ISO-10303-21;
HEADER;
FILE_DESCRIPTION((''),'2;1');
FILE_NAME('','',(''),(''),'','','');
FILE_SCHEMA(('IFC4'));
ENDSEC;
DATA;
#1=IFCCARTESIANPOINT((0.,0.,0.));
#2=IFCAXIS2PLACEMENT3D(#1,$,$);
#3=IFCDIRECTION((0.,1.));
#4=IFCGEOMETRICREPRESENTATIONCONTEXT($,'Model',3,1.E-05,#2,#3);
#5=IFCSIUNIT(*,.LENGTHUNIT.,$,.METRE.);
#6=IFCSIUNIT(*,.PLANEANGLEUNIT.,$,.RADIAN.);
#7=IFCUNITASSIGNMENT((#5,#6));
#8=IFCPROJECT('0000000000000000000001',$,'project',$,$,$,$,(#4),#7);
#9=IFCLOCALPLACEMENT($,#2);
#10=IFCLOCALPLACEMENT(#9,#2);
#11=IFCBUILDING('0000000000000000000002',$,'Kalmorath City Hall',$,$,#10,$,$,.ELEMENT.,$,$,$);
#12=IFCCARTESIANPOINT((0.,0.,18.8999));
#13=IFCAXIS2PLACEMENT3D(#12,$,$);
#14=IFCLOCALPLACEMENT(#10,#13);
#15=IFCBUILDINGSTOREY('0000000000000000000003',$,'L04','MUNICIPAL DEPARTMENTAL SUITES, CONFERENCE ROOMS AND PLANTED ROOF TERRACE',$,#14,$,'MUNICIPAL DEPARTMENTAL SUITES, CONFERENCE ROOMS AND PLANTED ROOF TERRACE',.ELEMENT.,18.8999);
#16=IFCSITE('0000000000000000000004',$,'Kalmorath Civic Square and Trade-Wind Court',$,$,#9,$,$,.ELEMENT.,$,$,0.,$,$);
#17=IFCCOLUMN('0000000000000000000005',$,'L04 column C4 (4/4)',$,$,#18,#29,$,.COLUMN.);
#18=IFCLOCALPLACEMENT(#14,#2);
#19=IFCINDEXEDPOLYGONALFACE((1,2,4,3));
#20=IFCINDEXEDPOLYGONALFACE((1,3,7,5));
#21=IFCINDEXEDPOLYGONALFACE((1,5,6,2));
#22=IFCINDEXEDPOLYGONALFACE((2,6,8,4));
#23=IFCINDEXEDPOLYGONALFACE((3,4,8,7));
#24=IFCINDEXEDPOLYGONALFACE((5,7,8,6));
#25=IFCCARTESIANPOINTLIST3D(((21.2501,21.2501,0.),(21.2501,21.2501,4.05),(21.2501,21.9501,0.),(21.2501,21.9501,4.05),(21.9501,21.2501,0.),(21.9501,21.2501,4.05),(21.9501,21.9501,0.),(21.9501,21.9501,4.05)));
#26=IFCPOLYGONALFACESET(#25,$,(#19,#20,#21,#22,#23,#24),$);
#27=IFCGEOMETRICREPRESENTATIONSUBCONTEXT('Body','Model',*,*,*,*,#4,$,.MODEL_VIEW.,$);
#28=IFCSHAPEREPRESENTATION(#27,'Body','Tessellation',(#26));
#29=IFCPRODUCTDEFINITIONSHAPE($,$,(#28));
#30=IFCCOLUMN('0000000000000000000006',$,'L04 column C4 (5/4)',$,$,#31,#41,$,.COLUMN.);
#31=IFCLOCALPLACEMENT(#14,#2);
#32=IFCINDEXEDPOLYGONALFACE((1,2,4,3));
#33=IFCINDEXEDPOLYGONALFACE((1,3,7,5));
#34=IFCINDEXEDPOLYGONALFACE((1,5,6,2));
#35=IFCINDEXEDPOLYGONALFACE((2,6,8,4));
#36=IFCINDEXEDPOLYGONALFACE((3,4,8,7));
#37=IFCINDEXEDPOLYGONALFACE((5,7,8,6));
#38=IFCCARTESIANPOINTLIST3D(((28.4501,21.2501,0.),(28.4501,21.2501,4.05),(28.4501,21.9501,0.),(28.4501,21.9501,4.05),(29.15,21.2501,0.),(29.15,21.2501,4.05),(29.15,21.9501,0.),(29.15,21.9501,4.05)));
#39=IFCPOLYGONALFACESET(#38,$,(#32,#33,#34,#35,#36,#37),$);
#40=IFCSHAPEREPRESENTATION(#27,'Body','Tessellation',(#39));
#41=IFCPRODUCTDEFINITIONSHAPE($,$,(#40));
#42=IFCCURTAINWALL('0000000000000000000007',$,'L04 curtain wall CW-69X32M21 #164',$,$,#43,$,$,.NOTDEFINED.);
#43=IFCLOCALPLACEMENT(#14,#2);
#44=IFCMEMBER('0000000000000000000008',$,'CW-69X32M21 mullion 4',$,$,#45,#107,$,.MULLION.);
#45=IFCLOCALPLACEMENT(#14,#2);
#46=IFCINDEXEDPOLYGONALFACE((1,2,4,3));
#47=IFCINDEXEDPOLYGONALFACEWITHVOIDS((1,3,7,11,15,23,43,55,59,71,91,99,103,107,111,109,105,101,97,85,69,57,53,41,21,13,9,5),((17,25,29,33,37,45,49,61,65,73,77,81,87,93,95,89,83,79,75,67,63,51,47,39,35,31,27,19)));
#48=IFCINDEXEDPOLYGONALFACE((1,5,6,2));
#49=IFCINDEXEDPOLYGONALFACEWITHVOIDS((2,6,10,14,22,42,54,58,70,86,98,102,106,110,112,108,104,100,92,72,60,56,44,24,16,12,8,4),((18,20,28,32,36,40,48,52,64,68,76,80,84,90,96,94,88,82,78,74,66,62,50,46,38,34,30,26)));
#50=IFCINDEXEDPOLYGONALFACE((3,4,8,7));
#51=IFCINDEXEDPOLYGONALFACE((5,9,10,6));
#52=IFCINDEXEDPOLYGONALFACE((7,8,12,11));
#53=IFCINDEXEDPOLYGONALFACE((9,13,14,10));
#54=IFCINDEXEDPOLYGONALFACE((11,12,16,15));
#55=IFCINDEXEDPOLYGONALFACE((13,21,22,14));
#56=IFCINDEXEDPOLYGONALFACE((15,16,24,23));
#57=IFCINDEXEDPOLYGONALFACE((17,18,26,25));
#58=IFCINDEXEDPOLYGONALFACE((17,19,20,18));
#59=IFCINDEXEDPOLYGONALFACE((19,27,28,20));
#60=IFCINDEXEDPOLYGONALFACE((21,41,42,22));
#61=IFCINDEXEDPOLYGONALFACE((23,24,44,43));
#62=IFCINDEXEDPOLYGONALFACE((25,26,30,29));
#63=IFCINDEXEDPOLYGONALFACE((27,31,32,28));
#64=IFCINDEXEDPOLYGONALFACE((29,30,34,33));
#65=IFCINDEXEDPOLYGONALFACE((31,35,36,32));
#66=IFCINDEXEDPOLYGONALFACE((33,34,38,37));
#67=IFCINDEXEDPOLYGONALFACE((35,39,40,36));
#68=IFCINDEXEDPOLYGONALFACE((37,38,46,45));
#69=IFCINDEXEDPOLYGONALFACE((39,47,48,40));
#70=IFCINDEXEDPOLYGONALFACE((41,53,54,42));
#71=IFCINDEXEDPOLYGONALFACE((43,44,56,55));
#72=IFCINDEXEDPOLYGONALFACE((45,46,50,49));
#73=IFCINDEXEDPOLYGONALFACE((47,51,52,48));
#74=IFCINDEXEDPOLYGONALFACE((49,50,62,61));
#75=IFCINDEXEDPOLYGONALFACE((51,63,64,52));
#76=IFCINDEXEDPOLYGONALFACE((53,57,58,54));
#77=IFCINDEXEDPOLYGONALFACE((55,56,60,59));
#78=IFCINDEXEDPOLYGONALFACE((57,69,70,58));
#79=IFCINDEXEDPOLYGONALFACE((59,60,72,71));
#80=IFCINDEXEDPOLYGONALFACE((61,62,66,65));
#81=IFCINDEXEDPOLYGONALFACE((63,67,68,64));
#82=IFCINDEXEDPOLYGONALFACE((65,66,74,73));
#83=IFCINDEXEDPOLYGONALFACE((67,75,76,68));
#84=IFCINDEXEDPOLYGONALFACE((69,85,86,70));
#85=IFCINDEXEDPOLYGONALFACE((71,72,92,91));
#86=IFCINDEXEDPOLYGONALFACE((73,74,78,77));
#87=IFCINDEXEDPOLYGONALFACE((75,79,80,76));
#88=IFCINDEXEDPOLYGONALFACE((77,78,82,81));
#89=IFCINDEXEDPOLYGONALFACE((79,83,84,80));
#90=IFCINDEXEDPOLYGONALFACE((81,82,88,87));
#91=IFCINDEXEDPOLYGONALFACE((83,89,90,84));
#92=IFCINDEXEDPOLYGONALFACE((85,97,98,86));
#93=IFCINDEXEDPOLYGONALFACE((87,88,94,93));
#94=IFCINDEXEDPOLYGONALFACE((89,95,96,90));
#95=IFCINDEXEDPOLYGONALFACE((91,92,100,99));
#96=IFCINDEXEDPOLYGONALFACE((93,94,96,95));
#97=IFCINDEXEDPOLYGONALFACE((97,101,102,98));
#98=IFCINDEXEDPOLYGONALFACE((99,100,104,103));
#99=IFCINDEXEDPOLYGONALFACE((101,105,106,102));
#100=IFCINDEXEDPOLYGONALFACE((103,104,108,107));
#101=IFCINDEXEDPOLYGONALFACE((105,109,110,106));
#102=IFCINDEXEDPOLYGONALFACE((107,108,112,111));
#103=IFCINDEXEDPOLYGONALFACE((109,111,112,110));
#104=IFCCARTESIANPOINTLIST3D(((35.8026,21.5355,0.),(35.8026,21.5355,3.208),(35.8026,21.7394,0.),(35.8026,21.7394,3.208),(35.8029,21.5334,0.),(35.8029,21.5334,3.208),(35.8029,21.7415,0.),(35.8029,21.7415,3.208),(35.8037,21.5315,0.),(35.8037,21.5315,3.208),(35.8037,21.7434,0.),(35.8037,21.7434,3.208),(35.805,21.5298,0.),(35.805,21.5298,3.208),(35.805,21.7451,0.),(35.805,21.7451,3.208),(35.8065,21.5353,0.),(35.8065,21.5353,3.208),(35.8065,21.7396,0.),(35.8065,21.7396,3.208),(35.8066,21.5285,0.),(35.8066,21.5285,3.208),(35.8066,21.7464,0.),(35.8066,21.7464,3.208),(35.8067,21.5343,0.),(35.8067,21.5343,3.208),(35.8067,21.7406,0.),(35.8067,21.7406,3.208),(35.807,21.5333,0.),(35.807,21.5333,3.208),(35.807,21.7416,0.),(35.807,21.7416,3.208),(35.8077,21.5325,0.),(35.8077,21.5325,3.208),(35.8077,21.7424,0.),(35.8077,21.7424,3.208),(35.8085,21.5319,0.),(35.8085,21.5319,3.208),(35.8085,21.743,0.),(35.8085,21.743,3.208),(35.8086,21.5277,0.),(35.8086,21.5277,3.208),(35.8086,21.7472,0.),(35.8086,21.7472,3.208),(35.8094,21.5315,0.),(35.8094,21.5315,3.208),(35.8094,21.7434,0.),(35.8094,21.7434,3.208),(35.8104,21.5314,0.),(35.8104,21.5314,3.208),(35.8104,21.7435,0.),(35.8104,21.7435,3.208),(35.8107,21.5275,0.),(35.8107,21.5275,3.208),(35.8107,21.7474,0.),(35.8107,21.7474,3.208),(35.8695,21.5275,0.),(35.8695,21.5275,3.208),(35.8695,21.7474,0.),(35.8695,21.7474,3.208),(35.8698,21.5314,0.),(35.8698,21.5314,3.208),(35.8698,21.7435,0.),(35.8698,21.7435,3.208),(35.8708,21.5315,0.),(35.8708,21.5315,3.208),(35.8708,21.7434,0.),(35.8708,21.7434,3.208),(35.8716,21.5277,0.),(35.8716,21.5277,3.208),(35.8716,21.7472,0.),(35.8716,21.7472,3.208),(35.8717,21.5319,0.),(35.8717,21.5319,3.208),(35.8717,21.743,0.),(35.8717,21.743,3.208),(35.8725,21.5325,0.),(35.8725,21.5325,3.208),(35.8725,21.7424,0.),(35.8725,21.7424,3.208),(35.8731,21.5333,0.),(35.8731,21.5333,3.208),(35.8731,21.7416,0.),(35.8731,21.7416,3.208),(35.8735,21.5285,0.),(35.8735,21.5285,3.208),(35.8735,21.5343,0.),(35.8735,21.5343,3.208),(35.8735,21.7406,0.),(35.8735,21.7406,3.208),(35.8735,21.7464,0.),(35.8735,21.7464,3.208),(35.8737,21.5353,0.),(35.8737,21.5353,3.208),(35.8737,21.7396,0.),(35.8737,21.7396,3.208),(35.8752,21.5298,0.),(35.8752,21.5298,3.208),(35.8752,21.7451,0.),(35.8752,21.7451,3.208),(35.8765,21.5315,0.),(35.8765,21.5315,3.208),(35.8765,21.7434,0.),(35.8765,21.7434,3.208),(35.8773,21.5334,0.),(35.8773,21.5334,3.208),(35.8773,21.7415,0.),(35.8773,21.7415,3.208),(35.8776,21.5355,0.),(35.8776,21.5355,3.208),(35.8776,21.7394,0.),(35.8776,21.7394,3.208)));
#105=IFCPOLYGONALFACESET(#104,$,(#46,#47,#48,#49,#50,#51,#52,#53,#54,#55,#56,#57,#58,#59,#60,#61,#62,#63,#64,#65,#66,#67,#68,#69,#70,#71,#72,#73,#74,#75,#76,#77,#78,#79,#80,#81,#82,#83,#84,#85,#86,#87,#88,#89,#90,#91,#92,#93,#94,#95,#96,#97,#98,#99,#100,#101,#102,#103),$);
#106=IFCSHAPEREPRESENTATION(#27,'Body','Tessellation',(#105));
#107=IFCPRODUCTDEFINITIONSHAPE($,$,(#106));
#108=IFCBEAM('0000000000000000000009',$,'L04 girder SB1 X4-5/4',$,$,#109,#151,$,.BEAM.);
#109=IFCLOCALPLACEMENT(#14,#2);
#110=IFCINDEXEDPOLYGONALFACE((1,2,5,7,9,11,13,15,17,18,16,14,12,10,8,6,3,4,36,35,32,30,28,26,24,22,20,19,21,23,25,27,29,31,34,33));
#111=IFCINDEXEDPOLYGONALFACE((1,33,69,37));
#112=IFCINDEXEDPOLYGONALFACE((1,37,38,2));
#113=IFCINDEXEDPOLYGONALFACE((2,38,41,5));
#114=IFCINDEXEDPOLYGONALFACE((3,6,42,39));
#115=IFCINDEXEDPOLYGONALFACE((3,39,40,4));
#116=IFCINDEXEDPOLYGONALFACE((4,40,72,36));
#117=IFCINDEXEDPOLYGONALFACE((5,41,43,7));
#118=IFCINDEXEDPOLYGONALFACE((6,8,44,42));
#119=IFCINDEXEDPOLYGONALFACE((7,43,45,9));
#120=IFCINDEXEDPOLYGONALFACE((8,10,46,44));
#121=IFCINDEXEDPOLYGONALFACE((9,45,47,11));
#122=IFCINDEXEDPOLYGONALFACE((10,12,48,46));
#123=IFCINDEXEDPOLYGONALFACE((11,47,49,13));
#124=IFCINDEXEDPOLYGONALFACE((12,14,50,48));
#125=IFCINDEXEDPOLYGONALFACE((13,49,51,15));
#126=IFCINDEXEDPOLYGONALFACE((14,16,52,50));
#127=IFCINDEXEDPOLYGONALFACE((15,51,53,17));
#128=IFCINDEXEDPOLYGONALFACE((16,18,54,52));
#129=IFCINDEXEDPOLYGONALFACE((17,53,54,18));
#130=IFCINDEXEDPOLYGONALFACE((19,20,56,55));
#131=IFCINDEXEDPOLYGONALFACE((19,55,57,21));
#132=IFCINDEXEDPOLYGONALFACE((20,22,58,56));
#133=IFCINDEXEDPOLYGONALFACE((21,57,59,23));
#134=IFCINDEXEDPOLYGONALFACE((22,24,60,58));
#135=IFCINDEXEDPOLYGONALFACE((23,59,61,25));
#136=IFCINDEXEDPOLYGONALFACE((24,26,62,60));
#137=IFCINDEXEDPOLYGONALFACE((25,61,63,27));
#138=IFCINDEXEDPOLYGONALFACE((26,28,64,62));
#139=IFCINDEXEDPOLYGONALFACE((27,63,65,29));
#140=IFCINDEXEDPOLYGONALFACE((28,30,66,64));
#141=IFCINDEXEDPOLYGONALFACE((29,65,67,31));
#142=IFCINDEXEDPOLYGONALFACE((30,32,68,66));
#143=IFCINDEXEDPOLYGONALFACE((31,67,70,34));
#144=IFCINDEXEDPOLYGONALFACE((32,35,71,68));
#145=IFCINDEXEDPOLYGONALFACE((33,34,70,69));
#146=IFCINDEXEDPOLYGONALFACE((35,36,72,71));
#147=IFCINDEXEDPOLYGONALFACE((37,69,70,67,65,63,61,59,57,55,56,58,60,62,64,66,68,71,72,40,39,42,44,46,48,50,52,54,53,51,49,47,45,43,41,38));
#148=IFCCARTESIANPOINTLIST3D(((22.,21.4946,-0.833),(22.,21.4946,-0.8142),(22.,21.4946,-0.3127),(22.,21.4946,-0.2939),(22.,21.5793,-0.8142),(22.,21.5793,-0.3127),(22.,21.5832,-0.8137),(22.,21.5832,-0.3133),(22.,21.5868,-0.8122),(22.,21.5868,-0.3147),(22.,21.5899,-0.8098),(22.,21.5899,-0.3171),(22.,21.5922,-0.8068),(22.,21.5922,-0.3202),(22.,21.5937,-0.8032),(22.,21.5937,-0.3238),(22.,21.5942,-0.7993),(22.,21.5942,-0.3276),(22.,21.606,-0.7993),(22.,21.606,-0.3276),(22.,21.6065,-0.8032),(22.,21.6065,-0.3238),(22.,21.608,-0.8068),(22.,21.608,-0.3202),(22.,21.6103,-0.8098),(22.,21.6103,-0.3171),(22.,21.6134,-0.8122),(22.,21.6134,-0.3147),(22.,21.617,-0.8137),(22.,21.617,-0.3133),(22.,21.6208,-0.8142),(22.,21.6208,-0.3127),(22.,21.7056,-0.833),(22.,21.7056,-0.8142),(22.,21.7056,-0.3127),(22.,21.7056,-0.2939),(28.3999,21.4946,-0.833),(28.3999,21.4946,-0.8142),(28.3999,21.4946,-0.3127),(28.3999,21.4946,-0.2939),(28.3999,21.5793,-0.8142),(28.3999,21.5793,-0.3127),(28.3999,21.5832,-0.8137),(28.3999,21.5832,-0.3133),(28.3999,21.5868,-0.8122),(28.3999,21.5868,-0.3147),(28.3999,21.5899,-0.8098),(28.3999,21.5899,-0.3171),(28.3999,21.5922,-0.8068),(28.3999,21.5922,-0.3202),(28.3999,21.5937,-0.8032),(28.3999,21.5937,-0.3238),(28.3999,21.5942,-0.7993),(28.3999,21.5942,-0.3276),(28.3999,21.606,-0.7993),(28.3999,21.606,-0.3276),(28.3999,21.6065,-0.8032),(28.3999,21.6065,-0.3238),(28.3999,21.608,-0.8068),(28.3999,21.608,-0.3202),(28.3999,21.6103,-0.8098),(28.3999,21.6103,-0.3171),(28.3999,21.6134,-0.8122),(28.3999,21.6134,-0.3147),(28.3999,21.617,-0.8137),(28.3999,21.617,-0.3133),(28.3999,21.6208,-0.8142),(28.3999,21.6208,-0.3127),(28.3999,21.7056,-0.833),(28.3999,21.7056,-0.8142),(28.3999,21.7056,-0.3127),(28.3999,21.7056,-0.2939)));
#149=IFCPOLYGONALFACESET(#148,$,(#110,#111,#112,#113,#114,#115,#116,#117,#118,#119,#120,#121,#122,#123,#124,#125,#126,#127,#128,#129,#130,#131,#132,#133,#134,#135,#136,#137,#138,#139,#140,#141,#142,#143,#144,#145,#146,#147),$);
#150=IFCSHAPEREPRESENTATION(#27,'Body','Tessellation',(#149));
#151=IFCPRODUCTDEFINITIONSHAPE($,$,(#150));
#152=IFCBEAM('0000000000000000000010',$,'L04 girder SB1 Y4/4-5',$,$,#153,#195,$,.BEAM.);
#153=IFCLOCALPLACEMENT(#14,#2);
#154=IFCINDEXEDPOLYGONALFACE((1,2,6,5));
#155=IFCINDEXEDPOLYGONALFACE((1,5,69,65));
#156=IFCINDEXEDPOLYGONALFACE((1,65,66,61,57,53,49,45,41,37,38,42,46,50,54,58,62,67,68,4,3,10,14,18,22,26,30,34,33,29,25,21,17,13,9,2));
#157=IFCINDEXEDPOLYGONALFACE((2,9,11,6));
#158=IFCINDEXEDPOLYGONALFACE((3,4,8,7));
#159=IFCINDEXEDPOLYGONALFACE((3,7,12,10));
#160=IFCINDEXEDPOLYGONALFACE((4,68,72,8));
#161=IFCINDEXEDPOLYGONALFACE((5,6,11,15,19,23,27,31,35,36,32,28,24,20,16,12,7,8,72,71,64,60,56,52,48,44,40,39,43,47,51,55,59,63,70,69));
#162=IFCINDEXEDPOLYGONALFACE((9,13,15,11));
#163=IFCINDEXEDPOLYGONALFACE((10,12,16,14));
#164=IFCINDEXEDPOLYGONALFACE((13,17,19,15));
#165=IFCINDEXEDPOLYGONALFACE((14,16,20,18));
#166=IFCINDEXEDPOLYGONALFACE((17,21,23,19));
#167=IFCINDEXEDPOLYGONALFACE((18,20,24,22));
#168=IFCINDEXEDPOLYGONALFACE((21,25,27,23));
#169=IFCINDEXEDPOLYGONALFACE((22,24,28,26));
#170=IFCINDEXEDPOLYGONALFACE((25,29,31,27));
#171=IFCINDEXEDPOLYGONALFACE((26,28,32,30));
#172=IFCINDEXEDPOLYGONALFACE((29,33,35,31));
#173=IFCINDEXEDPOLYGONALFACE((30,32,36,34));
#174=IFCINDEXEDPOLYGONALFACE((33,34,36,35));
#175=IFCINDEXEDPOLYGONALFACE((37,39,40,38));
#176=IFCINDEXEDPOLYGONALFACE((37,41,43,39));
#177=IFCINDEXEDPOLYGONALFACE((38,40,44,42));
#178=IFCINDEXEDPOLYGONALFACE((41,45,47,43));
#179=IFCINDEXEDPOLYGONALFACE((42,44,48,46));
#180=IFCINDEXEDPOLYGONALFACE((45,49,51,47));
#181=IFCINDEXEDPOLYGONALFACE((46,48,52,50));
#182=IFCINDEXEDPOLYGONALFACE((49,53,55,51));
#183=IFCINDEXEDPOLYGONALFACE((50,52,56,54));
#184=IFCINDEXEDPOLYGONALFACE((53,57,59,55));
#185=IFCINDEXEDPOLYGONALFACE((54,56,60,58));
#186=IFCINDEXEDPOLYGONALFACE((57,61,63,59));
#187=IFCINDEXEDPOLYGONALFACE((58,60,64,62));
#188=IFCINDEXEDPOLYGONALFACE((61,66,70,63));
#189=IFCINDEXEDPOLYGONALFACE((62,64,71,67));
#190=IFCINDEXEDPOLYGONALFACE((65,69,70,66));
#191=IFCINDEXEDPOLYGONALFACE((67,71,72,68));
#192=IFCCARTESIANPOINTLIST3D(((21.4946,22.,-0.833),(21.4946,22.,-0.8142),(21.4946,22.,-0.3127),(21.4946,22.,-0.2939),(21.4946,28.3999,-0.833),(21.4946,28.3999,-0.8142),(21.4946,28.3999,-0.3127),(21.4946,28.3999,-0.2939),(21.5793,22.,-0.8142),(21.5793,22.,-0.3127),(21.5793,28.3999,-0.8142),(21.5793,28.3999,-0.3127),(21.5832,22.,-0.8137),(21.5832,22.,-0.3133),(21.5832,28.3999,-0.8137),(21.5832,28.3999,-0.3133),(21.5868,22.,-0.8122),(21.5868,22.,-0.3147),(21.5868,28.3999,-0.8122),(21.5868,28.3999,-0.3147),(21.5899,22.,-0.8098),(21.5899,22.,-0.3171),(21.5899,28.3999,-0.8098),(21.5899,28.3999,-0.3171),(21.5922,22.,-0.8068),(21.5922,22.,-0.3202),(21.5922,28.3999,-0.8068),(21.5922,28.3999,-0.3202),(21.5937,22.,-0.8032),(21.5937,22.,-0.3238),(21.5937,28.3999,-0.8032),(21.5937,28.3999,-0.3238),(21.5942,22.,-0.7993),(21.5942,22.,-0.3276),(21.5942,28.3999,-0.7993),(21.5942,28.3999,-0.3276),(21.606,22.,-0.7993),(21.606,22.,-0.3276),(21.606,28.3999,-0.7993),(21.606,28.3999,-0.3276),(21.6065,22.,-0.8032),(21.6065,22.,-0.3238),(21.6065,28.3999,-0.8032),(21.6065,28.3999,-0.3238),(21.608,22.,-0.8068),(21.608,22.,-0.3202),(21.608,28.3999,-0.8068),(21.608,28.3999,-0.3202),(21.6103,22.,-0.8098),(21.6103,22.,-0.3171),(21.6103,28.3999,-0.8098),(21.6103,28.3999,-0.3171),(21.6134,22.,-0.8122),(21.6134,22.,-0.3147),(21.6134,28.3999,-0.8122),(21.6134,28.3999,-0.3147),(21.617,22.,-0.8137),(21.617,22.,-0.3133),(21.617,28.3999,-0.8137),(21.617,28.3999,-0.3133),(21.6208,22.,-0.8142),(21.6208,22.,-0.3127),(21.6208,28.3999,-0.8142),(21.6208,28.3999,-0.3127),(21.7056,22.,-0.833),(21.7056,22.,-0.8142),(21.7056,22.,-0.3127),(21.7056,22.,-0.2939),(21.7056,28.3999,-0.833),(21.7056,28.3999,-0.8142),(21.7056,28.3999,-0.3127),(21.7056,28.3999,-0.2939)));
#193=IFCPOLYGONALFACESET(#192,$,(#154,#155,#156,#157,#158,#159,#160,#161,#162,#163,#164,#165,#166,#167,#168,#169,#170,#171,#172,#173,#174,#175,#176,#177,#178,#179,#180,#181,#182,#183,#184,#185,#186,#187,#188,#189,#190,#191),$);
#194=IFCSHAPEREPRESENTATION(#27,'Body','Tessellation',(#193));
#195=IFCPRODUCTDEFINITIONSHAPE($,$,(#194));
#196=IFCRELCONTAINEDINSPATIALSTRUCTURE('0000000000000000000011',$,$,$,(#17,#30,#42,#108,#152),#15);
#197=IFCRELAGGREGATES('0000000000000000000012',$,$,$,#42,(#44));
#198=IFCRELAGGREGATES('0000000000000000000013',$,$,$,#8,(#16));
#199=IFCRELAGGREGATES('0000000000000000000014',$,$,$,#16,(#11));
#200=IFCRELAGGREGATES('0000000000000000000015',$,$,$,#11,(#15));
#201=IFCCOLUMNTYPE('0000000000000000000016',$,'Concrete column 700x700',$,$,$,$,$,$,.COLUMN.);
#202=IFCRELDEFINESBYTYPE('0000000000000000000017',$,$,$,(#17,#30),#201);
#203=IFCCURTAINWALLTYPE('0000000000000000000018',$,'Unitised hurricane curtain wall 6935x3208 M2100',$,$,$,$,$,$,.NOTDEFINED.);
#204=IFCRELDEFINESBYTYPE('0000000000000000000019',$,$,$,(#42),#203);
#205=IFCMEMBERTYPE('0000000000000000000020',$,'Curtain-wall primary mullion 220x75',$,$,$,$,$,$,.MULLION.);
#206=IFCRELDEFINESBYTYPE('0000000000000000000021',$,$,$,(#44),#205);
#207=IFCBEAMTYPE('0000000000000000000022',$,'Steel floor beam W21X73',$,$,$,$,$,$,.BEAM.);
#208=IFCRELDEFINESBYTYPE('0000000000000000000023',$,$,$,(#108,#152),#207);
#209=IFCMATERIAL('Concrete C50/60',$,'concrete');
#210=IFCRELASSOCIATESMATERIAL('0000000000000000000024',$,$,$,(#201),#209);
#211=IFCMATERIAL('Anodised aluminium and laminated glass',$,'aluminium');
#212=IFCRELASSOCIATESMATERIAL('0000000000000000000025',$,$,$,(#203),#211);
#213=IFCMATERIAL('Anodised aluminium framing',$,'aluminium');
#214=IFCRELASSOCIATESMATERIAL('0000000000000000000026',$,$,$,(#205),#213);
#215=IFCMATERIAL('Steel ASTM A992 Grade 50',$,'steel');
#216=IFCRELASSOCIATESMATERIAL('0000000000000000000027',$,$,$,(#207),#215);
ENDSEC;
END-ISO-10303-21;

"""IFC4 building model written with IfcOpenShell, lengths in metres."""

from ifc_helpers import new_model, si_unit, direction, frame, origin, origin_2d, place, context, subcontext, project, spatial, rectangle, hollow_rectangle, i_section, extrude, material, material_profile, profile_set, type_object, element, aggregate, save


model = new_model("IFC4")

# Units and contexts
model_context = context("Model", 3, precision=1e-05, world=origin(), true_north=direction((0.0, 1.0)))
body_context = subcontext(model_context, "Body", "Model", "MODEL_VIEW")
ifc_project = project(units=[si_unit("LENGTHUNIT", "METRE"), si_unit("PLANEANGLEUNIT", "RADIAN")], contexts=[model_context])

# Site, building, storey
site_placement = place(None, origin())
site = spatial("IfcSite", under=ifc_project, at=site_placement, Name="Kalmorath Civic Square and Trade-Wind Court", CompositionType="ELEMENT", RefElevation=0.0)
building_placement = place(site_placement, origin())
building = spatial("IfcBuilding", under=site, at=building_placement, Name="Kalmorath City Hall", CompositionType="ELEMENT")
storey_placement = place(building_placement, frame((0.0, 0.0, 18.8999)))
storey = spatial("IfcBuildingStorey", under=building, at=storey_placement, Name="L04", Description="MUNICIPAL DEPARTMENTAL SUITES, CONFERENCE ROOMS AND PLANTED ROOF TERRACE", LongName="MUNICIPAL DEPARTMENTAL SUITES, CONFERENCE ROOMS AND PLANTED ROOF TERRACE", CompositionType="ELEMENT", Elevation=18.8999)

# Columns
ifc_material_1 = material(Name="Concrete C50/60", Category="concrete")
ifc_material_profile_1 = material_profile(ifc_material_1, rectangle(XDim=0.7, YDim=0.7, at=origin_2d()), Name="RC-COL-700X700")
ifc_profile_set_1 = profile_set([ifc_material_profile_1], Name="Concrete C50/60")
column_type = type_object("IfcColumnType", Name="Concrete column 700x700", PredefinedType="COLUMN", material=ifc_profile_set_1)
for number, where, z_axis, x_axis, name in (
    (1, (21.6001, 21.6001, 0.0), (0.0, 0.0, 1.0), (1.0, 0.0, 0.0), "L04 column C4 (4/4)"),
    (2, (28.8, 21.6001, 0.0), (0.0, 0.0, 1.0), (1.0, 0.0, 0.0), "L04 column C4 (5/4)"),
):
    element("IfcColumn", number, at=place(storey_placement, frame(where, z_axis=z_axis, x_axis=x_axis)), inside=storey, type_object=column_type, Name=name, PredefinedType="COLUMN", context=body_context, shape_type="SweptSolid", body=[
        extrude(rectangle(XDim=0.7, YDim=0.7, at=origin_2d()), origin(), (0.0, 0.0, 1.0), 4.05),
    ])

# Curtain wall, member
ifc_material_2 = material(Name="Anodised aluminium and laminated glass", Category="aluminium")
curtain_wall_type = type_object("IfcCurtainWallType", Name="Unitised hurricane curtain wall 6935x3208 M2100", PredefinedType="NOTDEFINED", material=ifc_material_2)
curtain_wall_placement = place(storey_placement, origin())
curtain_wall = element("IfcCurtainWall", 3, at=curtain_wall_placement, inside=storey, type_object=curtain_wall_type, Name="L04 curtain wall CW-69X32M21 #164", PredefinedType="NOTDEFINED")
ifc_material_3 = material(Name="Anodised aluminium framing", Category="aluminium")
ifc_material_profile_2 = material_profile(ifc_material_3, hollow_rectangle(XDim=0.075, YDim=0.22, WallThickness=0.0039, InnerFilletRadius=0.0039, OuterFilletRadius=0.0081, at=origin_2d()), Name="ALU-MUL-220X75X4")
ifc_profile_set_2 = profile_set([ifc_material_profile_2], Name="Anodised aluminium framing")
member_type = type_object("IfcMemberType", Name="Curtain-wall primary mullion 220x75", PredefinedType="MULLION", material=ifc_profile_set_2)
member_placement = place(storey_placement, frame((35.8401, 21.6375, 0.0), z_axis=(0.0, 0.0, 1.0), x_axis=(1.0, 0.0, 0.0)))
member = element("IfcMember", 4, at=member_placement, type_object=member_type, Name="CW-69X32M21 mullion 4", PredefinedType="MULLION", context=body_context, shape_type="SweptSolid", body=[
    extrude(hollow_rectangle(XDim=0.075, YDim=0.22, WallThickness=0.0039, InnerFilletRadius=0.0039, OuterFilletRadius=0.0081, at=origin_2d()), origin(), (0.0, 0.0, 1.0), 3.208),
])
aggregate(curtain_wall, [member])

# Beams
ifc_material_4 = material(Name="Steel ASTM A992 Grade 50", Category="steel")
ifc_material_profile_3 = material_profile(ifc_material_4, i_section(OverallWidth=0.2109, OverallDepth=0.5391, WebThickness=0.0117, FlangeThickness=0.0188, FilletRadius=0.0149, at=origin_2d()), Name="W21X73")
ifc_profile_set_3 = profile_set([ifc_material_profile_3], Name="Steel ASTM A992 Grade 50")
beam_type = type_object("IfcBeamType", Name="Steel floor beam W21X73", PredefinedType="BEAM", material=ifc_profile_set_3)
for number, where, z_axis, x_axis, name in (
    (5, (22.0, 21.6001, -0.5635), (1.0, 0.0, 0.0), (0.0, 1.0, 0.0), "L04 girder SB1 X4-5/4"),
    (6, (21.6001, 22.0, -0.5635), (0.0, 1.0, 0.0), (-1.0, 0.0, 0.0), "L04 girder SB1 Y4/4-5"),
):
    element("IfcBeam", number, at=place(storey_placement, frame(where, z_axis=z_axis, x_axis=x_axis)), inside=storey, type_object=beam_type, Name=name, PredefinedType="BEAM", context=body_context, shape_type="SweptSolid", body=[
        extrude(i_section(OverallWidth=0.2109, OverallDepth=0.5391, WebThickness=0.0117, FlangeThickness=0.0188, FilletRadius=0.0149, at=origin_2d()), origin(), (0.0, 0.0, 1.0), 6.3999),
    ])

save(model, "model.ifc")
